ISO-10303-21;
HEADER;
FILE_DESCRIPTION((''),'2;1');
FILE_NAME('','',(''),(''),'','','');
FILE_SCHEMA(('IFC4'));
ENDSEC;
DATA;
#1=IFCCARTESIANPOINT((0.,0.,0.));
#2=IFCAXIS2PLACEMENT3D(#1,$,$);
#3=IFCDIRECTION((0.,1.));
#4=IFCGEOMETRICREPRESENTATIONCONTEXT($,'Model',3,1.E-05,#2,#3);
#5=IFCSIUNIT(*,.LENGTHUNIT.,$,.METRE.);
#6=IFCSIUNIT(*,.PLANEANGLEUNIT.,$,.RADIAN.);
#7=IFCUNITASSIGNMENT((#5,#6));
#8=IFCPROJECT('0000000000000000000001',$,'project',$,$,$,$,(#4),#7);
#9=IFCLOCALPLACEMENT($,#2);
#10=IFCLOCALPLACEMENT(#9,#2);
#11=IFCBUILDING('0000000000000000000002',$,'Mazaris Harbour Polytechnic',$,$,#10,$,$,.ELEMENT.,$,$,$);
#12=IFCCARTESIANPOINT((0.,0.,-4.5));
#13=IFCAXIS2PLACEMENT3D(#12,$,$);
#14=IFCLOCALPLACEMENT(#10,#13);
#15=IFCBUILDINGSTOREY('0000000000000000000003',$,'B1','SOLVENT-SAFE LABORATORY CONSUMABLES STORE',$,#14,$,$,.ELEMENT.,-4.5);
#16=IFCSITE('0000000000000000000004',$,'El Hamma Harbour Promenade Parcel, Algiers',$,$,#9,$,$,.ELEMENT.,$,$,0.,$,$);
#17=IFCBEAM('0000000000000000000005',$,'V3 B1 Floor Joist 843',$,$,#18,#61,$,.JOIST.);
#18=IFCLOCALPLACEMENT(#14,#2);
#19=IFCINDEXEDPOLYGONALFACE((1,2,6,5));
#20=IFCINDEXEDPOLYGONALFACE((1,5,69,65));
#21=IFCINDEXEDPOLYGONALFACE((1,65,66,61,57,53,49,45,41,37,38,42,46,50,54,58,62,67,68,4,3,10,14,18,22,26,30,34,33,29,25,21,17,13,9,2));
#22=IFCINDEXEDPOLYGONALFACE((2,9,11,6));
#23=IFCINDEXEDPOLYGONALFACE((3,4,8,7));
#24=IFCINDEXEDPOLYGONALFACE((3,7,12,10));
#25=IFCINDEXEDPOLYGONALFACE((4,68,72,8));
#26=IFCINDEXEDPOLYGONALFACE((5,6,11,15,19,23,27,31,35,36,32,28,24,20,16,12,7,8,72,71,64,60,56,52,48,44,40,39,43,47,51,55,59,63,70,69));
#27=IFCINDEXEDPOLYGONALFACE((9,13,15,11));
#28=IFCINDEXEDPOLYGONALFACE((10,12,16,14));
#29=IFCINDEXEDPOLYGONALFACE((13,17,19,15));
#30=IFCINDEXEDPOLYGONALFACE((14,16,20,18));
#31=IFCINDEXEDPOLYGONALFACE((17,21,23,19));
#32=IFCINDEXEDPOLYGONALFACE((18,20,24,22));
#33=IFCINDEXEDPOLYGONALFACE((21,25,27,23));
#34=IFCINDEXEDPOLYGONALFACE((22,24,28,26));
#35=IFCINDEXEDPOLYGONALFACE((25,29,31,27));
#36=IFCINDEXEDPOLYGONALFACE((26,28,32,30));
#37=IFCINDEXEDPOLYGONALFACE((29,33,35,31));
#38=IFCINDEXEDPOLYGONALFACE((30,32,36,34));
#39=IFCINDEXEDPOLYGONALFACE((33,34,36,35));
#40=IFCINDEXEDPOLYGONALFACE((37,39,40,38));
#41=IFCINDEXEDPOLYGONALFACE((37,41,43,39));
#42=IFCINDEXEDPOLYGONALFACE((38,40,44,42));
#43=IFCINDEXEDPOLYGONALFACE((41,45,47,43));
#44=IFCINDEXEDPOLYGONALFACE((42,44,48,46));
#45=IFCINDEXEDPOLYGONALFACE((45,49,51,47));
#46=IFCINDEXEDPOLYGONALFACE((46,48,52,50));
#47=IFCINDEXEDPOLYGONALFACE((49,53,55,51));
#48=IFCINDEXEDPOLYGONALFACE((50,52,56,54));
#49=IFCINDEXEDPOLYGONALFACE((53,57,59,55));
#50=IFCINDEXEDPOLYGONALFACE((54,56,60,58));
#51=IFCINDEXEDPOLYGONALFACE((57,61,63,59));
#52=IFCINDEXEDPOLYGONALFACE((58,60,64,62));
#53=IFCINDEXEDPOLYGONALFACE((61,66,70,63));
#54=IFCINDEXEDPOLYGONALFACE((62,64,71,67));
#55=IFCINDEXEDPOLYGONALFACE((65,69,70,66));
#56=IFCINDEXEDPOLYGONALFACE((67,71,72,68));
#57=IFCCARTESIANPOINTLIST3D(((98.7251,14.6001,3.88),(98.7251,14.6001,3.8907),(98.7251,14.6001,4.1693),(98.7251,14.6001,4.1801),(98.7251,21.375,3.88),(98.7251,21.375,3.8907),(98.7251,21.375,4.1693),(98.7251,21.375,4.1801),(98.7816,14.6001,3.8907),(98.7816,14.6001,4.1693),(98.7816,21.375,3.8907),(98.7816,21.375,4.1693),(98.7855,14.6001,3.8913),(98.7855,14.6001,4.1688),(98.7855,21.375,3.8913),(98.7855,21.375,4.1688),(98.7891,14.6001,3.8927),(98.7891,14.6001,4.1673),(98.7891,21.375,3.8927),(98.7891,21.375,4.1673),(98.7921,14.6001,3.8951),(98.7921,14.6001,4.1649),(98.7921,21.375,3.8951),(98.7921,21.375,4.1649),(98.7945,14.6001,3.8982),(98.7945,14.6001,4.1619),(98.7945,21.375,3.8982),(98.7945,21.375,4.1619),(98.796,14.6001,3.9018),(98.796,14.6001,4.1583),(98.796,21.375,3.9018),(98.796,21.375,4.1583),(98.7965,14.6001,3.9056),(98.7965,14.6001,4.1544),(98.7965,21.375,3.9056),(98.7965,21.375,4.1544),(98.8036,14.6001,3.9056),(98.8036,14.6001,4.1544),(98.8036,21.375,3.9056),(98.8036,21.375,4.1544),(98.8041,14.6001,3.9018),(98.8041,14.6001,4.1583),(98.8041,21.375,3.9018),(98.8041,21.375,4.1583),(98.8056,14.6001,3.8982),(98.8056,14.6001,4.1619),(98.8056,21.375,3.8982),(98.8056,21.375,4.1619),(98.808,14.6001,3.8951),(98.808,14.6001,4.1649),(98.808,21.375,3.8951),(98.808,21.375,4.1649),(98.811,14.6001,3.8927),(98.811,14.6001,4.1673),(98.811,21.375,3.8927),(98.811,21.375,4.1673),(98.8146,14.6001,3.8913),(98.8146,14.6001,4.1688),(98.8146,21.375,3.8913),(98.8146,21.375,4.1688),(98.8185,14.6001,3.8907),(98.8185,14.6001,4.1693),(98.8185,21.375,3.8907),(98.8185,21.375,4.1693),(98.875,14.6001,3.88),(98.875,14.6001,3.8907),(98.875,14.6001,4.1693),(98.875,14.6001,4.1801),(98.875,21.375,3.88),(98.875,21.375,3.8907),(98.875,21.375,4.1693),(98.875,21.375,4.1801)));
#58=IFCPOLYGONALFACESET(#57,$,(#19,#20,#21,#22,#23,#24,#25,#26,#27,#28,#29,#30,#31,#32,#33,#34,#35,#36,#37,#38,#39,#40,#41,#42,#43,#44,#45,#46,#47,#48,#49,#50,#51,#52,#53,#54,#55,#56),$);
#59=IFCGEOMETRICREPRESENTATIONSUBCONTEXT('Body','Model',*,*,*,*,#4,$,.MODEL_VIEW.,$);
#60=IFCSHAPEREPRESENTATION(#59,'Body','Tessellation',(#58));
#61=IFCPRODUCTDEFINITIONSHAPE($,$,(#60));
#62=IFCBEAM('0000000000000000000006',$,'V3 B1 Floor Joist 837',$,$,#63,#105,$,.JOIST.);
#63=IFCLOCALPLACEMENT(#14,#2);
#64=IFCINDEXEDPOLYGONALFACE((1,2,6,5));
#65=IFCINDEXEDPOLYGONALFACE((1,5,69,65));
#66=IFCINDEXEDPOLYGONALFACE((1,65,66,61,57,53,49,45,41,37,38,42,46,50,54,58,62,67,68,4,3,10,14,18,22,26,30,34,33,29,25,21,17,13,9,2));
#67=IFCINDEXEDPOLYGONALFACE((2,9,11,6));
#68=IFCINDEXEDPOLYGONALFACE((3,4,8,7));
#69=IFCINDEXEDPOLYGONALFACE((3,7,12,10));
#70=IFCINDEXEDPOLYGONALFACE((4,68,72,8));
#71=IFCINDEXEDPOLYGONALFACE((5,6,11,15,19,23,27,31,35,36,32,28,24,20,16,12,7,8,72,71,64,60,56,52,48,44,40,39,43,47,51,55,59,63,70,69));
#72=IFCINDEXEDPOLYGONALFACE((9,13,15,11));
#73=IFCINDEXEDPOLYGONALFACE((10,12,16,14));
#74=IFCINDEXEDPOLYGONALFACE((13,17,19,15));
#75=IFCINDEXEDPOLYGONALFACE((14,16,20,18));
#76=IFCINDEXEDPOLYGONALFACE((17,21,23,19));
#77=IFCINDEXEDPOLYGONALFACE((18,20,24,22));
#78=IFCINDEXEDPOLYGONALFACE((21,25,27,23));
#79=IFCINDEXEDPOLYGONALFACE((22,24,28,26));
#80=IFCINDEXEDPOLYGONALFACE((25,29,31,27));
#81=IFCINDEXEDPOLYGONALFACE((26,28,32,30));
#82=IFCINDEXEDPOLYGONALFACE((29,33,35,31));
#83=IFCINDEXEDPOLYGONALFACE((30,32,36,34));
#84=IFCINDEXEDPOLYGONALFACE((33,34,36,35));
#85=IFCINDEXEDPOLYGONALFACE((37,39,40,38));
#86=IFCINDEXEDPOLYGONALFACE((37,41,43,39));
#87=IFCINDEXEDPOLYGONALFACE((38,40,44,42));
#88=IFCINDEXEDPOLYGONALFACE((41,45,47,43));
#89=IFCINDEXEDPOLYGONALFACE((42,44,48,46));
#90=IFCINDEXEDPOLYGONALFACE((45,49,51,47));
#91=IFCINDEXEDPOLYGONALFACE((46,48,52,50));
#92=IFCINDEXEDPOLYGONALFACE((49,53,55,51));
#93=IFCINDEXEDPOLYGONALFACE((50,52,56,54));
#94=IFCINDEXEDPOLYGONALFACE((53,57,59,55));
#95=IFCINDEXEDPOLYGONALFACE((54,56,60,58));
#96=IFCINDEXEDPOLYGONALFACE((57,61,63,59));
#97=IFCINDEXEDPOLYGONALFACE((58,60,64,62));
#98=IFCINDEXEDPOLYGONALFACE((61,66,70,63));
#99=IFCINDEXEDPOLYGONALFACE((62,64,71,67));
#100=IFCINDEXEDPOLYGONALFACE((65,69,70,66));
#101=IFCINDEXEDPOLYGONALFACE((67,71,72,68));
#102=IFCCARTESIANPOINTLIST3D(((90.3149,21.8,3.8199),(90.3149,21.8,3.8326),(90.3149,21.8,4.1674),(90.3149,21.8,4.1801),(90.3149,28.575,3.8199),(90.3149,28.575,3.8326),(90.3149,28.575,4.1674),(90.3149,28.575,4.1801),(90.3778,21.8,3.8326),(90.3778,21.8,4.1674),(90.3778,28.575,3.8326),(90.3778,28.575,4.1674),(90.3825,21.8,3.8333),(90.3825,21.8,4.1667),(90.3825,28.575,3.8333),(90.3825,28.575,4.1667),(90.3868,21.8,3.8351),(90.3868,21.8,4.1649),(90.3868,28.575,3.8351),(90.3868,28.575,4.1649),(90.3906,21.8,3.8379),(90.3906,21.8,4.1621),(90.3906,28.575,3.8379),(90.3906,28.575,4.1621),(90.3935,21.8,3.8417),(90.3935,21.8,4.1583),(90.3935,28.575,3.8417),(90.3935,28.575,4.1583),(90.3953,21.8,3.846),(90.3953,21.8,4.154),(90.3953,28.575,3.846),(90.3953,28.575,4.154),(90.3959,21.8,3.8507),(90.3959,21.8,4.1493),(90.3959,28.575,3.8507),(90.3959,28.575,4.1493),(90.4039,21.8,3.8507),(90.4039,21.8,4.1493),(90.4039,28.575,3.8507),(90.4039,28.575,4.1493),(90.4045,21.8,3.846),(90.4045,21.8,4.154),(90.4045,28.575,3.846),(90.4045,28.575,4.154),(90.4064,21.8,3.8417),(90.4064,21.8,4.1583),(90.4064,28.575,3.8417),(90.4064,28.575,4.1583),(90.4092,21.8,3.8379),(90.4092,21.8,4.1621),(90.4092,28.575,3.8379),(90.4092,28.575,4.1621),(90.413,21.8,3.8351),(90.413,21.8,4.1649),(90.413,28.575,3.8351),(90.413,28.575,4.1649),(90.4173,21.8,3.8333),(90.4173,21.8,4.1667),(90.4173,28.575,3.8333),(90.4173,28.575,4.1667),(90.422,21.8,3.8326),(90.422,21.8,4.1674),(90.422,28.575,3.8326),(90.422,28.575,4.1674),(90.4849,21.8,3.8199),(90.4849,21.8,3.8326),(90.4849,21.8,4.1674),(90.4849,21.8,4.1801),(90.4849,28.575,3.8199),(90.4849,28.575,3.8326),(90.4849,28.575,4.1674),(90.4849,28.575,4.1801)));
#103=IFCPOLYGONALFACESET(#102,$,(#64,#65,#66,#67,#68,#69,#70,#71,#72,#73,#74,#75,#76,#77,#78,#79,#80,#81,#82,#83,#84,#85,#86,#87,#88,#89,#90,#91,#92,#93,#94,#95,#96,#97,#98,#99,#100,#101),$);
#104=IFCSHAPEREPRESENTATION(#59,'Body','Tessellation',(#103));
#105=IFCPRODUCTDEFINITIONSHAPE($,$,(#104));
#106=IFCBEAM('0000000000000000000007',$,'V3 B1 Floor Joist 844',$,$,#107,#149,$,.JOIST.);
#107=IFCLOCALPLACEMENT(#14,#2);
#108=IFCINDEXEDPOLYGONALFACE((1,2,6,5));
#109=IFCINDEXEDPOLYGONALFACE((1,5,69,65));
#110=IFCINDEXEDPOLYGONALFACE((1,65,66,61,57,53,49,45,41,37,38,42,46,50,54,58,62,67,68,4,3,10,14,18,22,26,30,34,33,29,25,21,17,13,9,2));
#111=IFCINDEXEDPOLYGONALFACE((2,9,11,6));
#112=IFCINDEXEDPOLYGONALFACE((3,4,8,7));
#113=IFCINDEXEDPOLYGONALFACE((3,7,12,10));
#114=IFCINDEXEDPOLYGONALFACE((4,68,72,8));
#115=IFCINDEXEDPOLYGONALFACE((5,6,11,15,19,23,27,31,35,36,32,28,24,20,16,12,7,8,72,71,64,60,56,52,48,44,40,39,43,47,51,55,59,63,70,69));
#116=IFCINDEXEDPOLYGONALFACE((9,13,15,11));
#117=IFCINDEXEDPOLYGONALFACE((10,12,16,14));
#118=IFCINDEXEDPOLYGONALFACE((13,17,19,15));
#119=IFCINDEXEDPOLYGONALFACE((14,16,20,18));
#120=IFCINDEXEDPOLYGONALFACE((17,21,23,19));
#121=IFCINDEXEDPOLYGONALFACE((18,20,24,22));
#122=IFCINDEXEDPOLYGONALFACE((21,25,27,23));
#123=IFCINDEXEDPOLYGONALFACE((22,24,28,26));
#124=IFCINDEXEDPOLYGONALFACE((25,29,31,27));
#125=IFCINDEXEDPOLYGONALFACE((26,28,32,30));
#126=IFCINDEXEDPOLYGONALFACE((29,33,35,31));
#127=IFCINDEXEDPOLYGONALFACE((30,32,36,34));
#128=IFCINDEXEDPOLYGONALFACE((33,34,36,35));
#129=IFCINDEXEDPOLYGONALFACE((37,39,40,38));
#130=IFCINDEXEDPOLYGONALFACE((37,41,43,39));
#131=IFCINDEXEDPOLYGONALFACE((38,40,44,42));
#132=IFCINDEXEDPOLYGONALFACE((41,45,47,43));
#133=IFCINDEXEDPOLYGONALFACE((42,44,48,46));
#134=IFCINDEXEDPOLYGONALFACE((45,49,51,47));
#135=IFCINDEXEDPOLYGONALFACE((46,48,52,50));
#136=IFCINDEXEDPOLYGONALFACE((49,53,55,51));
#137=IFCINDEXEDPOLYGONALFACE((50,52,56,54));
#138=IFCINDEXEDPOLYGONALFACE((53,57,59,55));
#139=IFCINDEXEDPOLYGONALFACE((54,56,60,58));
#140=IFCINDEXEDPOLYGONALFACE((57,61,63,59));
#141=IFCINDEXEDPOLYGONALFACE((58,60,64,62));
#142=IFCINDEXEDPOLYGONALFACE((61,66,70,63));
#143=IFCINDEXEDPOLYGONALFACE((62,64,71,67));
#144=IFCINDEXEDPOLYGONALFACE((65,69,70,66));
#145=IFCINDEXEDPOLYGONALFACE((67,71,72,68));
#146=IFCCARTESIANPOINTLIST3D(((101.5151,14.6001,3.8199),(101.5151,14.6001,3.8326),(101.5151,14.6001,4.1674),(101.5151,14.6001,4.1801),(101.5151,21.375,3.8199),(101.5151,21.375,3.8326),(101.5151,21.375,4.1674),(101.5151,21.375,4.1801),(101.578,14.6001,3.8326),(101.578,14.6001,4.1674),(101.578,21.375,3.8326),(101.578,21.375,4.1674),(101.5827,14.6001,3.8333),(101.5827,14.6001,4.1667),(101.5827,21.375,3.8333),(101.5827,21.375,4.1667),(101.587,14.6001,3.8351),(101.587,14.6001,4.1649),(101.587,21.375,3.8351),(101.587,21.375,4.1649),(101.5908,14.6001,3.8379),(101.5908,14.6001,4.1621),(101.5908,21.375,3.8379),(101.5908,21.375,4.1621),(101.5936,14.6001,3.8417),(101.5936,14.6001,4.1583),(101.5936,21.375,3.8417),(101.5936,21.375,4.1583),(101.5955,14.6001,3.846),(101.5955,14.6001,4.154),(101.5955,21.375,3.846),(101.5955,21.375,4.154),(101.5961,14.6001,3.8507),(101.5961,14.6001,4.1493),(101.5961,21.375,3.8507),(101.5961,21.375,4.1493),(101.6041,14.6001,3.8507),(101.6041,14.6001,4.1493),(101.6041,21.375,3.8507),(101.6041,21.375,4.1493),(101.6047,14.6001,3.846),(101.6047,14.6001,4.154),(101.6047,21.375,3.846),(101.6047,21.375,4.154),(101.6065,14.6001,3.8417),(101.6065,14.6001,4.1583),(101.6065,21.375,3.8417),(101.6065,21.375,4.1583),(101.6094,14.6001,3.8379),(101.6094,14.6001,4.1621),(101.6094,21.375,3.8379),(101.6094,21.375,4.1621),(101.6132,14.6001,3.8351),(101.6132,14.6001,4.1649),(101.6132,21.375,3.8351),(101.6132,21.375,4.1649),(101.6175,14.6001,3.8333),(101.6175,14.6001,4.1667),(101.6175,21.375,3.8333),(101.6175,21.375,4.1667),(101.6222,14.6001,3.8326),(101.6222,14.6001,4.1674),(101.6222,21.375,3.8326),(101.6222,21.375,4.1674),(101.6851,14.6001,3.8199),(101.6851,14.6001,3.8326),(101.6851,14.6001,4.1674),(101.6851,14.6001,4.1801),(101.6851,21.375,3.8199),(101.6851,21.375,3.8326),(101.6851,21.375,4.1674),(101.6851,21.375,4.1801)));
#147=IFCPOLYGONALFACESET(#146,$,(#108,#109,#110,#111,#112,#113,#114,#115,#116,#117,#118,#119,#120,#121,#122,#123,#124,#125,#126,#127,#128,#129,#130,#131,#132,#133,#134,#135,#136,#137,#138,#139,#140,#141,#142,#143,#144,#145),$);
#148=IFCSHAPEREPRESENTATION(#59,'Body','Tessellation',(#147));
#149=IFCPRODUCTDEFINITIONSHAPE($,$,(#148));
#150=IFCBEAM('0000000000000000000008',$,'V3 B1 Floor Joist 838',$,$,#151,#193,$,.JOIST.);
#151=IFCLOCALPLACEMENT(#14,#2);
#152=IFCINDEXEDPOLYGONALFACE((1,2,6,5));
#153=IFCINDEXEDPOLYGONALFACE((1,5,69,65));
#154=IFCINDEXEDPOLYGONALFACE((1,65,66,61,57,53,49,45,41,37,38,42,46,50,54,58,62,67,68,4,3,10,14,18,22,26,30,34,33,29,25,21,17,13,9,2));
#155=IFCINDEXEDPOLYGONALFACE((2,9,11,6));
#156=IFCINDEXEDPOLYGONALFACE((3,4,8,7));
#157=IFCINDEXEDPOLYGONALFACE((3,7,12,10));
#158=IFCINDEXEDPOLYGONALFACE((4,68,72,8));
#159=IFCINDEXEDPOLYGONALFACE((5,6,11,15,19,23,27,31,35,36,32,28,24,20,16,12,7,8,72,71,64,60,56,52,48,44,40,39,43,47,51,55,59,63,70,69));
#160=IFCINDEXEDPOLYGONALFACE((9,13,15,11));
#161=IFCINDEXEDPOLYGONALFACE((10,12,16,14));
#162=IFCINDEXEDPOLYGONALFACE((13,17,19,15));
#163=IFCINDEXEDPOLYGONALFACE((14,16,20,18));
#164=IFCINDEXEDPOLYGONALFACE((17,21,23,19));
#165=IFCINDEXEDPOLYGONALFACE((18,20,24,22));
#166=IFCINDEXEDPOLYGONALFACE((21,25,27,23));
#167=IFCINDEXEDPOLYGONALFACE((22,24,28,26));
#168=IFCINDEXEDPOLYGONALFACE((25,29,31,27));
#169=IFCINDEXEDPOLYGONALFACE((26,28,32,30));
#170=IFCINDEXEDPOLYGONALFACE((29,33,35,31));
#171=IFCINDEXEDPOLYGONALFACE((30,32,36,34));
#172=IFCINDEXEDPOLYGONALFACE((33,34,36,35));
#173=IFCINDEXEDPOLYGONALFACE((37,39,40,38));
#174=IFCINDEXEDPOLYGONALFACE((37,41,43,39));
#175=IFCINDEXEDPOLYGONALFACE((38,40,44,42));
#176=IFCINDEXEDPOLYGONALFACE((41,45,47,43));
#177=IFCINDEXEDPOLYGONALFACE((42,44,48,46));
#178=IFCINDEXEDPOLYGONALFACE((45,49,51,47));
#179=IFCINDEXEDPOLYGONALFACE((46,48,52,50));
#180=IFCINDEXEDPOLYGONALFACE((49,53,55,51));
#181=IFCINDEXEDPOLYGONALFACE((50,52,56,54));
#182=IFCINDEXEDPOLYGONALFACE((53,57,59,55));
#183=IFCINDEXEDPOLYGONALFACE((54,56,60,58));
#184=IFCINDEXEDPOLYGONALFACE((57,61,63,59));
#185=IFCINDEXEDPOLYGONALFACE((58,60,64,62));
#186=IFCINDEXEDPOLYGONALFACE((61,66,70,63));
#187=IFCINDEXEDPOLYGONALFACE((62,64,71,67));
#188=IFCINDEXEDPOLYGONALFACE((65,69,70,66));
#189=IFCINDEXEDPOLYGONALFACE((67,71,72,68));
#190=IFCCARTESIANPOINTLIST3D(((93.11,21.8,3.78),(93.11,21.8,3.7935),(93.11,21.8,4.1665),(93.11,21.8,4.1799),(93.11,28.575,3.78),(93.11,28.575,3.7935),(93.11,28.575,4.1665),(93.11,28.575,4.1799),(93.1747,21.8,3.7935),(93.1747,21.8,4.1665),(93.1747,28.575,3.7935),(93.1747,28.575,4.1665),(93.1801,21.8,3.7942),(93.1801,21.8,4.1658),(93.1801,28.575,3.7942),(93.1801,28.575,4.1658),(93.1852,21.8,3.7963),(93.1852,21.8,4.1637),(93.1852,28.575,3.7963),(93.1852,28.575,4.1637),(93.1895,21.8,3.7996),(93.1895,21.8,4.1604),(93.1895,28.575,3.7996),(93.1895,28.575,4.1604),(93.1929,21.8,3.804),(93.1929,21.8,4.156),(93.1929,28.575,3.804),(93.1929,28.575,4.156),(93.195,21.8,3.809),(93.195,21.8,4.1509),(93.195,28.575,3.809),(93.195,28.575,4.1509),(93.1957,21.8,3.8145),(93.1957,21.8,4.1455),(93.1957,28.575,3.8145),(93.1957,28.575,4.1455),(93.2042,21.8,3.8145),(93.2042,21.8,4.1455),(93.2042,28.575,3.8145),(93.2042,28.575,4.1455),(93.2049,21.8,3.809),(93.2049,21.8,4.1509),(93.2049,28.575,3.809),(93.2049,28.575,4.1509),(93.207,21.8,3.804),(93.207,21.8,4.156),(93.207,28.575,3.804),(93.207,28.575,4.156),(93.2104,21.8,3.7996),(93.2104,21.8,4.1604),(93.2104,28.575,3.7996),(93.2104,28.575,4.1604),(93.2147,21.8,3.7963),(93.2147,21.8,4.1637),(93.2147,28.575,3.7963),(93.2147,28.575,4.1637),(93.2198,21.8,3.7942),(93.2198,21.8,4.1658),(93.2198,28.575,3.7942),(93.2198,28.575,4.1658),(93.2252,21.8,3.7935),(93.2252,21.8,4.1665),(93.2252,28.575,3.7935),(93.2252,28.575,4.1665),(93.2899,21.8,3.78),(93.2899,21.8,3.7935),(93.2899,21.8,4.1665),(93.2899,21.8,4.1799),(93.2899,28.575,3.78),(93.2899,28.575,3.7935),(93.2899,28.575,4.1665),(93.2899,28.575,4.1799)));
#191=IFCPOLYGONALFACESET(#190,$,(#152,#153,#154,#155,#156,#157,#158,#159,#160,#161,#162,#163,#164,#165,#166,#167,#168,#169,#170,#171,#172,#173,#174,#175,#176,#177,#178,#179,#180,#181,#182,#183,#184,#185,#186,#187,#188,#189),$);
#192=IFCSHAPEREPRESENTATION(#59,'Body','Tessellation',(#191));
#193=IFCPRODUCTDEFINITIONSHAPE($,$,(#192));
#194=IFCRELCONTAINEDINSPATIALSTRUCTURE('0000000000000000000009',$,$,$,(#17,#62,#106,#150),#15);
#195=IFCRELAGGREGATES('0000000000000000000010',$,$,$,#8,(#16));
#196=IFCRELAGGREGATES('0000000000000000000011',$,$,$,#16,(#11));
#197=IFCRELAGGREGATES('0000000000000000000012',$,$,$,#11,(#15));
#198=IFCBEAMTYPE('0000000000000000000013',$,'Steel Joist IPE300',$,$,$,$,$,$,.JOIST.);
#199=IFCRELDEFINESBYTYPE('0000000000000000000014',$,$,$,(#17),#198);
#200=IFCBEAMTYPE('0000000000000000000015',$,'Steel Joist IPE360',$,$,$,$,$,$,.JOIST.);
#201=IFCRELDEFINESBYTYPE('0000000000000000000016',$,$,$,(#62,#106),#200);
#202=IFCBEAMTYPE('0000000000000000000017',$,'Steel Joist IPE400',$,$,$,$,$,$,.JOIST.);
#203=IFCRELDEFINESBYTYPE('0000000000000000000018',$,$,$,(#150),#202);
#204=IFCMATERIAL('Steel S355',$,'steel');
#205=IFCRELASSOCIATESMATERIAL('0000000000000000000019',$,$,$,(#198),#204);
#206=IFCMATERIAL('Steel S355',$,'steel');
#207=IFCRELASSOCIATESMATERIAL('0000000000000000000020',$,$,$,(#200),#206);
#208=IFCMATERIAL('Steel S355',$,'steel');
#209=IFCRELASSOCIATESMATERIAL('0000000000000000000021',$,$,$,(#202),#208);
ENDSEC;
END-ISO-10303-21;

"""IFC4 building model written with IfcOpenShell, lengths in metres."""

from ifc_helpers import new_model, si_unit, direction, frame, origin, origin_2d, place, context, subcontext, project, spatial, i_section, extrude, material, material_profile, profile_set, type_object, element, save


model = new_model("IFC4")

# Units and contexts
model_context = context("Model", 3, precision=1e-05, world=origin(), true_north=direction((0.0, 1.0)))
body_context = subcontext(model_context, "Body", "Model", "MODEL_VIEW")
ifc_project = project(units=[si_unit("LENGTHUNIT", "METRE"), si_unit("PLANEANGLEUNIT", "RADIAN")], contexts=[model_context])

# Site, building, storey
site_placement = place(None, origin())
site = spatial("IfcSite", under=ifc_project, at=site_placement, Name="El Hamma Harbour Promenade Parcel, Algiers", CompositionType="ELEMENT", RefElevation=0.0)
building_placement = place(site_placement, origin())
building = spatial("IfcBuilding", under=site, at=building_placement, Name="Mazaris Harbour Polytechnic", CompositionType="ELEMENT")
storey_placement = place(building_placement, frame((0.0, 0.0, -4.5)))
storey = spatial("IfcBuildingStorey", under=building, at=storey_placement, Name="B1", Description="SOLVENT-SAFE LABORATORY CONSUMABLES STORE", CompositionType="ELEMENT", Elevation=-4.5)

# Beams
ifc_material_1 = material(Name="Steel S355", Category="steel")
ifc_material_profile_1 = material_profile(ifc_material_1, i_section(OverallWidth=0.1499, OverallDepth=0.3, WebThickness=0.0071, FlangeThickness=0.0107, FilletRadius=0.0149, at=origin_2d()), Name="IPE 300")
ifc_profile_set_1 = profile_set([ifc_material_profile_1], Name="Steel S355")
beam_type_1 = type_object("IfcBeamType", Name="Steel Joist IPE300", PredefinedType="JOIST", material=ifc_profile_set_1)
beam_1_placement = place(storey_placement, frame((98.8, 14.6001, 4.03), z_axis=(0.0, 1.0, 0.0), x_axis=(-1.0, 0.0, 0.0)))
element("IfcBeam", 1, at=beam_1_placement, inside=storey, type_object=beam_type_1, Name="V3 B1 Floor Joist 843", PredefinedType="JOIST", context=body_context, shape_type="SweptSolid", body=[
    extrude(i_section(OverallWidth=0.1499, OverallDepth=0.3, WebThickness=0.0071, FlangeThickness=0.0107, FilletRadius=0.0149, at=origin_2d()), origin(), (0.0, 0.0, 1.0), 6.7749),
])
ifc_material_2 = material(Name="Steel S355", Category="steel")
ifc_material_profile_2 = material_profile(ifc_material_2, i_section(OverallWidth=0.1699, OverallDepth=0.3601, WebThickness=0.0081, FlangeThickness=0.0127, FilletRadius=0.0181, at=origin_2d()), Name="IPE 360")
ifc_profile_set_2 = profile_set([ifc_material_profile_2], Name="Steel S355")
beam_type_2 = type_object("IfcBeamType", Name="Steel Joist IPE360", PredefinedType="JOIST", material=ifc_profile_set_2)
for number, where, z_axis, x_axis, name in (
    (2, (90.3999, 21.8, 4.0), (0.0, 1.0, 0.0), (-1.0, 0.0, 0.0), "V3 B1 Floor Joist 837"),
    (3, (101.6001, 14.6001, 4.0), (0.0, 1.0, 0.0), (-1.0, 0.0, 0.0), "V3 B1 Floor Joist 844"),
):
    element("IfcBeam", number, at=place(storey_placement, frame(where, z_axis=z_axis, x_axis=x_axis)), inside=storey, type_object=beam_type_2, Name=name, PredefinedType="JOIST", context=body_context, shape_type="SweptSolid", body=[
        extrude(i_section(OverallWidth=0.1699, OverallDepth=0.3601, WebThickness=0.0081, FlangeThickness=0.0127, FilletRadius=0.0181, at=origin_2d()), origin(), (0.0, 0.0, 1.0), 6.7749),
    ])
ifc_material_3 = material(Name="Steel S355", Category="steel")
ifc_material_profile_3 = material_profile(ifc_material_3, i_section(OverallWidth=0.1799, OverallDepth=0.3999, WebThickness=0.0085, FlangeThickness=0.0134, FilletRadius=0.021, at=origin_2d()), Name="IPE 400")
ifc_profile_set_3 = profile_set([ifc_material_profile_3], Name="Steel S355")
beam_type_3 = type_object("IfcBeamType", Name="Steel Joist IPE400", PredefinedType="JOIST", material=ifc_profile_set_3)
beam_2_placement = place(storey_placement, frame((93.2, 21.8, 3.98), z_axis=(0.0, 1.0, 0.0), x_axis=(-1.0, 0.0, 0.0)))
element("IfcBeam", 4, at=beam_2_placement, inside=storey, type_object=beam_type_3, Name="V3 B1 Floor Joist 838", PredefinedType="JOIST", context=body_context, shape_type="SweptSolid", body=[
    extrude(i_section(OverallWidth=0.1799, OverallDepth=0.3999, WebThickness=0.0085, FlangeThickness=0.0134, FilletRadius=0.021, at=origin_2d()), origin(), (0.0, 0.0, 1.0), 6.7749),
])

save(model, "model.ifc")
